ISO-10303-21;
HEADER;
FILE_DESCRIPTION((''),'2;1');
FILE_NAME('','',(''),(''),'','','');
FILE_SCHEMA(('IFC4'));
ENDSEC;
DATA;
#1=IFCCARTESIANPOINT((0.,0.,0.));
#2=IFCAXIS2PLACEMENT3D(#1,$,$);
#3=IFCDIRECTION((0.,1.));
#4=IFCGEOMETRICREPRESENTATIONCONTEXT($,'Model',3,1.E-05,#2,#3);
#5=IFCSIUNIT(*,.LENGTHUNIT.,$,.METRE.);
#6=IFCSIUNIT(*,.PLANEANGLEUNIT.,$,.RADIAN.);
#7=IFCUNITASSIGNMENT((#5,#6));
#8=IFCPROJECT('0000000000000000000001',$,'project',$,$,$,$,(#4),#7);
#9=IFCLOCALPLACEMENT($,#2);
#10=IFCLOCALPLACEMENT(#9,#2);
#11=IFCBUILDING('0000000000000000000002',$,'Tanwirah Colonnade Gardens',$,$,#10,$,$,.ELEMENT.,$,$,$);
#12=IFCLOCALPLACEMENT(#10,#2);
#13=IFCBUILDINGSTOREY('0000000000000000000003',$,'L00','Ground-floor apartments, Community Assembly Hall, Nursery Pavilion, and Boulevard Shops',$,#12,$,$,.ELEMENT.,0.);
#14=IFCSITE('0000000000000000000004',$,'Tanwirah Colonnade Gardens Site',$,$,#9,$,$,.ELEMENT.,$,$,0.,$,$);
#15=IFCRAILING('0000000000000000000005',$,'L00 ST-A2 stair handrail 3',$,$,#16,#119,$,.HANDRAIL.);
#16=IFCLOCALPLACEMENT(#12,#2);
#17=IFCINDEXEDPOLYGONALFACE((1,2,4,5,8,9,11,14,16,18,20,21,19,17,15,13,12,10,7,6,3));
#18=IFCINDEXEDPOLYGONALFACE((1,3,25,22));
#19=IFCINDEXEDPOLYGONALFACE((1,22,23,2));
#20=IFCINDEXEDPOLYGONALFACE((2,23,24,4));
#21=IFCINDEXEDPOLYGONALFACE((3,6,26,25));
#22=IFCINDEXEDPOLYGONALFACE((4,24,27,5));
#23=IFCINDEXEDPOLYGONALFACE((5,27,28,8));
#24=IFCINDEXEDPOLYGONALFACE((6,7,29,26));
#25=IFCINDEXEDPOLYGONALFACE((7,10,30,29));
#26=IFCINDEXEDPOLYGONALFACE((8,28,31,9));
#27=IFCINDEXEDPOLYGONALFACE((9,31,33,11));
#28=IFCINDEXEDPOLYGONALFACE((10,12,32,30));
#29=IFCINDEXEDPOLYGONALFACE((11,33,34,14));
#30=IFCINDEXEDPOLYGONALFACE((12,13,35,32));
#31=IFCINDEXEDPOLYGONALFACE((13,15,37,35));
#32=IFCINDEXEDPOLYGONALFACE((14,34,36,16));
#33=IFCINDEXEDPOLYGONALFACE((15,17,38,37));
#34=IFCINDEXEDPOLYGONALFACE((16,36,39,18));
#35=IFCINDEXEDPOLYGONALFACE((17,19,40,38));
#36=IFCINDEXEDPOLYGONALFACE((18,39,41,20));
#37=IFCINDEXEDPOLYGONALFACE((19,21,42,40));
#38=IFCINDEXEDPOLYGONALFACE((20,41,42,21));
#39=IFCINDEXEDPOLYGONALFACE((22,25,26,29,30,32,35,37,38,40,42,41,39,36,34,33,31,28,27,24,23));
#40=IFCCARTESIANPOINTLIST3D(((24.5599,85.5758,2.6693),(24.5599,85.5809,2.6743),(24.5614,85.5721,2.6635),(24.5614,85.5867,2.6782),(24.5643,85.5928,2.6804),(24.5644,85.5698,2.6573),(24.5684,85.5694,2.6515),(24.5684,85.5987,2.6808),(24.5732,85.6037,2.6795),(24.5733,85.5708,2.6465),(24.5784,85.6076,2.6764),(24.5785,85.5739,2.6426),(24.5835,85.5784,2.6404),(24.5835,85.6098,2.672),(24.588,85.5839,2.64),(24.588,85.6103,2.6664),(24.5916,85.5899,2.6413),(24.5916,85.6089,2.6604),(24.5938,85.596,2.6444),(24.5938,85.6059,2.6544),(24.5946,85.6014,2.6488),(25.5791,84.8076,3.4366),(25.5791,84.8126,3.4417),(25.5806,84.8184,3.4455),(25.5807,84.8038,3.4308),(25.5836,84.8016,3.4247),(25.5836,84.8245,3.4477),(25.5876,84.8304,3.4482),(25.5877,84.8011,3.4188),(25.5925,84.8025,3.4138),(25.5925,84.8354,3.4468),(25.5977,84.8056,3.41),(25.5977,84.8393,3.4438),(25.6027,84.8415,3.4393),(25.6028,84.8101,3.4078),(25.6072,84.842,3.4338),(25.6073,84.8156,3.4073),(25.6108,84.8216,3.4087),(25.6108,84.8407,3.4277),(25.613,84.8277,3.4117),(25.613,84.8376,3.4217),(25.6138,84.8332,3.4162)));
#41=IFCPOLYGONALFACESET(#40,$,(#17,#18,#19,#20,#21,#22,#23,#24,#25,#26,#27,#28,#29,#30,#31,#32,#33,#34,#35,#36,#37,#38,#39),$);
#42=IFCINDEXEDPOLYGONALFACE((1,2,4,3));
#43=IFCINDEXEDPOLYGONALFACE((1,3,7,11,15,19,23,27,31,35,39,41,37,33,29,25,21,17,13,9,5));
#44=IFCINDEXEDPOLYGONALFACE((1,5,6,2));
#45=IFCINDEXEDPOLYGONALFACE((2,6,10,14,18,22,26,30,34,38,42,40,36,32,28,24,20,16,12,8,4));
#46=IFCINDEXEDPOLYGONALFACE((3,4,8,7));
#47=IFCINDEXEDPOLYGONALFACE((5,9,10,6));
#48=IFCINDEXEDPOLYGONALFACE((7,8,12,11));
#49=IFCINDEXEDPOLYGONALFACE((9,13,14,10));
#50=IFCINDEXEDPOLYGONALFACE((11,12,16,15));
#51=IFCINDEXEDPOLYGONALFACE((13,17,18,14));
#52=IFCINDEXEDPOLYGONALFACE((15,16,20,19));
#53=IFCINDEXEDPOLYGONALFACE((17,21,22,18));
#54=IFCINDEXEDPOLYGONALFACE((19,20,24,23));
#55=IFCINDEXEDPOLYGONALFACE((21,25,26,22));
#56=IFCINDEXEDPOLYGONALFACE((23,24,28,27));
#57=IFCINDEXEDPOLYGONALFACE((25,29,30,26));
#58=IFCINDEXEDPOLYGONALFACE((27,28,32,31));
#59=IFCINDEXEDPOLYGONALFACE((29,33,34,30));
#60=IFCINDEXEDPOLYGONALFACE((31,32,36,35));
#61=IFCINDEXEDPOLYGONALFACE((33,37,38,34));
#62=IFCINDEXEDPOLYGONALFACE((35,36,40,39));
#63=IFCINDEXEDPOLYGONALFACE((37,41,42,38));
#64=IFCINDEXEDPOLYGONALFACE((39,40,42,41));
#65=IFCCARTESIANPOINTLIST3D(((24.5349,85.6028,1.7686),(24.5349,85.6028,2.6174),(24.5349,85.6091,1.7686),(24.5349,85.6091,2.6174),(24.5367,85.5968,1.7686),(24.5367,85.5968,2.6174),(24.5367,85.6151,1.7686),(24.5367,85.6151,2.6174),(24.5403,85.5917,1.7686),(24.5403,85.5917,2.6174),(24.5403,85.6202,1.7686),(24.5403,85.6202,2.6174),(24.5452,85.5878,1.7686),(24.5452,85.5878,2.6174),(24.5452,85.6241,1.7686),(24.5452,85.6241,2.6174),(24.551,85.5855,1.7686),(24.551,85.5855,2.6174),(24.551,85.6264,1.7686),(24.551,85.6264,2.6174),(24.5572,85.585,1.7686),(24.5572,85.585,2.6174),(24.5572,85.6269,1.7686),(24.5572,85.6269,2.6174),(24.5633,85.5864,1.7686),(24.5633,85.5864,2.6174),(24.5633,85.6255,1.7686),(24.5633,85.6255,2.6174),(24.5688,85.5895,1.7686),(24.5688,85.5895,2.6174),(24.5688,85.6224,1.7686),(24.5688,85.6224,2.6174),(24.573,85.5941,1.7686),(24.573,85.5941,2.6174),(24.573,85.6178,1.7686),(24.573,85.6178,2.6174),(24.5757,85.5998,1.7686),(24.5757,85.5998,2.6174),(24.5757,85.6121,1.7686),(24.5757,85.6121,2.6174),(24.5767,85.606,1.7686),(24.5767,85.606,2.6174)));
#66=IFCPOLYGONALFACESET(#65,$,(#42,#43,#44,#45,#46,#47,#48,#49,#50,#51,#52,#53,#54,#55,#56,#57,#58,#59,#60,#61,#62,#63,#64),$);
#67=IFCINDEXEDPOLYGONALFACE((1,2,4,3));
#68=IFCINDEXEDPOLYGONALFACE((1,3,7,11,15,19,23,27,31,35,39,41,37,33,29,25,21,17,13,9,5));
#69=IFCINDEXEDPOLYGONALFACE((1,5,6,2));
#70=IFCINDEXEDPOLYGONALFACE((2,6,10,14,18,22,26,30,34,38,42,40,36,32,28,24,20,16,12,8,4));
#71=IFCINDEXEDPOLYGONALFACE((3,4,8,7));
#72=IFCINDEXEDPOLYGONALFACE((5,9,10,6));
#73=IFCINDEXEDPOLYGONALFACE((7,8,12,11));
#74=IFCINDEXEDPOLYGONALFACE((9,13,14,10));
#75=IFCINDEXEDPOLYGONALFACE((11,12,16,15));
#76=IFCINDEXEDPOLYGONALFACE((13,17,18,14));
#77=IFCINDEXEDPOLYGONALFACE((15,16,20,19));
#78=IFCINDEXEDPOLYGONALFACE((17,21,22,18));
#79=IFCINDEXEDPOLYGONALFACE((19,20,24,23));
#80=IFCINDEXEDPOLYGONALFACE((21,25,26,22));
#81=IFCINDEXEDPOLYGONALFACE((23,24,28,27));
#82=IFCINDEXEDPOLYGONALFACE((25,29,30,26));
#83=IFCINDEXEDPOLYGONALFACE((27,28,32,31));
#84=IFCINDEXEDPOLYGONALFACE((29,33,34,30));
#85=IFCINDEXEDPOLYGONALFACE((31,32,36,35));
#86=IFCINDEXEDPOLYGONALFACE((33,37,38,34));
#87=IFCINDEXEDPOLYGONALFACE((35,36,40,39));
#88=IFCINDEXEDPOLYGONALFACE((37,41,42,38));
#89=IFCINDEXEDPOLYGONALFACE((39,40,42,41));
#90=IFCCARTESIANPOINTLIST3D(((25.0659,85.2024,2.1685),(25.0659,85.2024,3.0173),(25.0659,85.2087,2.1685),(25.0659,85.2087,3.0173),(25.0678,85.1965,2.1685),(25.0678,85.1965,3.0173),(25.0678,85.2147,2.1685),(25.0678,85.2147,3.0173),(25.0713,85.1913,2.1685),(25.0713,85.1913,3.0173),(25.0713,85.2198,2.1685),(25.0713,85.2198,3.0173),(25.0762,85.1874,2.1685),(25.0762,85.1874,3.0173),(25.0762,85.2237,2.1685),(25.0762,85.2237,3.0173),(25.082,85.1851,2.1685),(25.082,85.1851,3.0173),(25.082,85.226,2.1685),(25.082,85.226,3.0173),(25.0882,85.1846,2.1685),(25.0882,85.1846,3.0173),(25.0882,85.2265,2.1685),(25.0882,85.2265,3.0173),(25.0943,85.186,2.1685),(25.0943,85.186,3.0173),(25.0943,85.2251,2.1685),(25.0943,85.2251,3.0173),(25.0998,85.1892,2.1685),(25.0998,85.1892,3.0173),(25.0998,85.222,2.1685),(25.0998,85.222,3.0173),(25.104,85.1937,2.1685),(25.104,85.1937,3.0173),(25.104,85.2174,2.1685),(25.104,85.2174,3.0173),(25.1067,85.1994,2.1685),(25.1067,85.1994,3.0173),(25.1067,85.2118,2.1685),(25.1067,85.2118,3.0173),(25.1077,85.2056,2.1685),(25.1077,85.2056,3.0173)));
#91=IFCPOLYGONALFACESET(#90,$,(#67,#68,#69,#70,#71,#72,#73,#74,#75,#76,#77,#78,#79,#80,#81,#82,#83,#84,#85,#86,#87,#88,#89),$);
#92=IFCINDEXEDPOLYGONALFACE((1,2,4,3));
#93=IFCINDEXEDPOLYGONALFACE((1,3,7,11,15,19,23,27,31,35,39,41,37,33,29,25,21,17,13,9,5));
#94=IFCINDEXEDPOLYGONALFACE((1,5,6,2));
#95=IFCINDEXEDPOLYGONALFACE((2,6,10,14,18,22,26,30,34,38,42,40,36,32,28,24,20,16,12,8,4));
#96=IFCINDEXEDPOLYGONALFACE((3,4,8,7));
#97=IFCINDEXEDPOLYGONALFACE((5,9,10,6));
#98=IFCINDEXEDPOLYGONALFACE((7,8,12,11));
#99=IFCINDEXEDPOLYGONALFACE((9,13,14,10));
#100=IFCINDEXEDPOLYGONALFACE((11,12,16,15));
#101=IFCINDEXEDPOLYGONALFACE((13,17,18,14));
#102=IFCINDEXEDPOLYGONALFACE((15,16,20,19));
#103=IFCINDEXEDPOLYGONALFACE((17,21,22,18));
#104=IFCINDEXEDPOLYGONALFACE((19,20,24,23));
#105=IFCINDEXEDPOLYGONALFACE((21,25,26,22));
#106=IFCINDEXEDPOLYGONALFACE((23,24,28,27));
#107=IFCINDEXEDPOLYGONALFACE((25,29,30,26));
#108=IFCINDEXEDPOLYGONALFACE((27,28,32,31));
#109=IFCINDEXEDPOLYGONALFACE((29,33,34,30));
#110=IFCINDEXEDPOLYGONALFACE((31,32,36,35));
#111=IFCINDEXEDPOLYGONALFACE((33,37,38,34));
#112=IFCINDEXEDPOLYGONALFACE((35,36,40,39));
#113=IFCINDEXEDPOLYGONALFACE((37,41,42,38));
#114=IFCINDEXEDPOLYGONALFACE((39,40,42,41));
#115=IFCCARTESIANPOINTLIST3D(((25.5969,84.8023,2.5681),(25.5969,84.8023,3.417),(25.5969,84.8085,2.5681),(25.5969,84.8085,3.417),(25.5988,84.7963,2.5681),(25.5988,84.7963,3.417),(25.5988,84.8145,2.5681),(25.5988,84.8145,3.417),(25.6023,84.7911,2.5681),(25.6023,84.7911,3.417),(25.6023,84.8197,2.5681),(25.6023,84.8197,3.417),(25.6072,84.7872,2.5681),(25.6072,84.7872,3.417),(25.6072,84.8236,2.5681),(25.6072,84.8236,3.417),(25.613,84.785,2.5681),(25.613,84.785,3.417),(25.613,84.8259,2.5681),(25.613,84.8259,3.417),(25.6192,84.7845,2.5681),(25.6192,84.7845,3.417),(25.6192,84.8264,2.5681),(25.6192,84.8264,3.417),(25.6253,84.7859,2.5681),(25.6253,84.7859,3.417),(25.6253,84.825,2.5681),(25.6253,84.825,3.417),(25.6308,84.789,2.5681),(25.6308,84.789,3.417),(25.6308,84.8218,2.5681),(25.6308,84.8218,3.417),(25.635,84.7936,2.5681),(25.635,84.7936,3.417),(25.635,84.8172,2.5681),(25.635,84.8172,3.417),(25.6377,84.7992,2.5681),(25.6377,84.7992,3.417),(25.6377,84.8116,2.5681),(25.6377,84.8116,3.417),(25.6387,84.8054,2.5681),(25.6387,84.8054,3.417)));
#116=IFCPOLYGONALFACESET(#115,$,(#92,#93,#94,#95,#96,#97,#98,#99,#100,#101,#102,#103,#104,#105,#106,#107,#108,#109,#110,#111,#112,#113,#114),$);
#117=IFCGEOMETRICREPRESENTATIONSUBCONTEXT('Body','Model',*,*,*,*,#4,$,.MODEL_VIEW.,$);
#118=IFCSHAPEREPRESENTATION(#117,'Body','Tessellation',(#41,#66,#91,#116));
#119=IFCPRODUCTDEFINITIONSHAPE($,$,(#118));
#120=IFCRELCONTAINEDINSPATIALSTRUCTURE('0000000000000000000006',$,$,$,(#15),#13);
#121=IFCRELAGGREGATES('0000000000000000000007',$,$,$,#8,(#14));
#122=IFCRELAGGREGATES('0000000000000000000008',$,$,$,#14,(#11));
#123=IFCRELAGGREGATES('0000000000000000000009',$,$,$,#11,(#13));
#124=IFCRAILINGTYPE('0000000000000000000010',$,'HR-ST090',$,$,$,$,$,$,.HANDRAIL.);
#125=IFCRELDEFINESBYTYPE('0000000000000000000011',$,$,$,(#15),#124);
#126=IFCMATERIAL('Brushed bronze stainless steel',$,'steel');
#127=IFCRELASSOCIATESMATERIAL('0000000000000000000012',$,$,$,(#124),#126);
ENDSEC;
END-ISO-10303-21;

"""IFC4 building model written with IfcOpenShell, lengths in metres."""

from ifc_helpers import new_model, si_unit, direction, frame, origin, origin_2d, place, context, subcontext, project, spatial, circle, extrude, material, type_object, element, save


model = new_model("IFC4")

# Units and contexts
model_context = context("Model", 3, precision=1e-05, world=origin(), true_north=direction((0.0, 1.0)))
body_context = subcontext(model_context, "Body", "Model", "MODEL_VIEW")
ifc_project = project(units=[si_unit("LENGTHUNIT", "METRE"), si_unit("PLANEANGLEUNIT", "RADIAN")], contexts=[model_context])

# Site, building, storey
site_placement = place(None, origin())
site = spatial("IfcSite", under=ifc_project, at=site_placement, Name="Tanwirah Colonnade Gardens Site", CompositionType="ELEMENT", RefElevation=0.0)
building_placement = place(site_placement, origin())
building = spatial("IfcBuilding", under=site, at=building_placement, Name="Tanwirah Colonnade Gardens", CompositionType="ELEMENT")
storey_placement = place(building_placement, origin())
storey = spatial("IfcBuildingStorey", under=building, at=storey_placement, Name="L00", Description="Ground-floor apartments, Community Assembly Hall, Nursery Pavilion, and Boulevard Shops", CompositionType="ELEMENT", Elevation=0.0)

# Railing
ifc_material_1 = material(Name="Brushed bronze stainless steel", Category="steel")
railing_type_1 = type_object("IfcRailingType", Name="HR-ST090", PredefinedType="HANDRAIL", material=ifc_material_1)
railing_1_placement = place(storey_placement, frame((24.5557, 85.606, 1.7686)))
element("IfcRailing", 1, at=railing_1_placement, inside=storey, type_object=railing_type_1, Name="L00 ST-A2 stair handrail 3", PredefinedType="HANDRAIL", context=body_context, shape_type="SweptSolid", body=[
    extrude(circle(Radius=0.0239, at=origin_2d()), frame((0.0215, -0.0161, 0.8918), z_axis=(0.684382, -0.515883, 0.515253), x_axis=(0.601937, 0.798544, 0.0)), (0.0, 0.0, 1.0), 1.4893),
    extrude(circle(Radius=0.021, at=origin_2d()), origin(), (0.0, 0.0, 1.0), 0.8489),
    extrude(circle(Radius=0.021, at=origin_2d()), frame((0.531, -0.4004, 0.3999)), (0.0, 0.0, 1.0), 0.8489),
    extrude(circle(Radius=0.021, at=origin_2d()), frame((1.062, -0.8005, 0.7996)), (0.0, 0.0, 1.0), 0.8489),
])

save(model, "model.ifc")
